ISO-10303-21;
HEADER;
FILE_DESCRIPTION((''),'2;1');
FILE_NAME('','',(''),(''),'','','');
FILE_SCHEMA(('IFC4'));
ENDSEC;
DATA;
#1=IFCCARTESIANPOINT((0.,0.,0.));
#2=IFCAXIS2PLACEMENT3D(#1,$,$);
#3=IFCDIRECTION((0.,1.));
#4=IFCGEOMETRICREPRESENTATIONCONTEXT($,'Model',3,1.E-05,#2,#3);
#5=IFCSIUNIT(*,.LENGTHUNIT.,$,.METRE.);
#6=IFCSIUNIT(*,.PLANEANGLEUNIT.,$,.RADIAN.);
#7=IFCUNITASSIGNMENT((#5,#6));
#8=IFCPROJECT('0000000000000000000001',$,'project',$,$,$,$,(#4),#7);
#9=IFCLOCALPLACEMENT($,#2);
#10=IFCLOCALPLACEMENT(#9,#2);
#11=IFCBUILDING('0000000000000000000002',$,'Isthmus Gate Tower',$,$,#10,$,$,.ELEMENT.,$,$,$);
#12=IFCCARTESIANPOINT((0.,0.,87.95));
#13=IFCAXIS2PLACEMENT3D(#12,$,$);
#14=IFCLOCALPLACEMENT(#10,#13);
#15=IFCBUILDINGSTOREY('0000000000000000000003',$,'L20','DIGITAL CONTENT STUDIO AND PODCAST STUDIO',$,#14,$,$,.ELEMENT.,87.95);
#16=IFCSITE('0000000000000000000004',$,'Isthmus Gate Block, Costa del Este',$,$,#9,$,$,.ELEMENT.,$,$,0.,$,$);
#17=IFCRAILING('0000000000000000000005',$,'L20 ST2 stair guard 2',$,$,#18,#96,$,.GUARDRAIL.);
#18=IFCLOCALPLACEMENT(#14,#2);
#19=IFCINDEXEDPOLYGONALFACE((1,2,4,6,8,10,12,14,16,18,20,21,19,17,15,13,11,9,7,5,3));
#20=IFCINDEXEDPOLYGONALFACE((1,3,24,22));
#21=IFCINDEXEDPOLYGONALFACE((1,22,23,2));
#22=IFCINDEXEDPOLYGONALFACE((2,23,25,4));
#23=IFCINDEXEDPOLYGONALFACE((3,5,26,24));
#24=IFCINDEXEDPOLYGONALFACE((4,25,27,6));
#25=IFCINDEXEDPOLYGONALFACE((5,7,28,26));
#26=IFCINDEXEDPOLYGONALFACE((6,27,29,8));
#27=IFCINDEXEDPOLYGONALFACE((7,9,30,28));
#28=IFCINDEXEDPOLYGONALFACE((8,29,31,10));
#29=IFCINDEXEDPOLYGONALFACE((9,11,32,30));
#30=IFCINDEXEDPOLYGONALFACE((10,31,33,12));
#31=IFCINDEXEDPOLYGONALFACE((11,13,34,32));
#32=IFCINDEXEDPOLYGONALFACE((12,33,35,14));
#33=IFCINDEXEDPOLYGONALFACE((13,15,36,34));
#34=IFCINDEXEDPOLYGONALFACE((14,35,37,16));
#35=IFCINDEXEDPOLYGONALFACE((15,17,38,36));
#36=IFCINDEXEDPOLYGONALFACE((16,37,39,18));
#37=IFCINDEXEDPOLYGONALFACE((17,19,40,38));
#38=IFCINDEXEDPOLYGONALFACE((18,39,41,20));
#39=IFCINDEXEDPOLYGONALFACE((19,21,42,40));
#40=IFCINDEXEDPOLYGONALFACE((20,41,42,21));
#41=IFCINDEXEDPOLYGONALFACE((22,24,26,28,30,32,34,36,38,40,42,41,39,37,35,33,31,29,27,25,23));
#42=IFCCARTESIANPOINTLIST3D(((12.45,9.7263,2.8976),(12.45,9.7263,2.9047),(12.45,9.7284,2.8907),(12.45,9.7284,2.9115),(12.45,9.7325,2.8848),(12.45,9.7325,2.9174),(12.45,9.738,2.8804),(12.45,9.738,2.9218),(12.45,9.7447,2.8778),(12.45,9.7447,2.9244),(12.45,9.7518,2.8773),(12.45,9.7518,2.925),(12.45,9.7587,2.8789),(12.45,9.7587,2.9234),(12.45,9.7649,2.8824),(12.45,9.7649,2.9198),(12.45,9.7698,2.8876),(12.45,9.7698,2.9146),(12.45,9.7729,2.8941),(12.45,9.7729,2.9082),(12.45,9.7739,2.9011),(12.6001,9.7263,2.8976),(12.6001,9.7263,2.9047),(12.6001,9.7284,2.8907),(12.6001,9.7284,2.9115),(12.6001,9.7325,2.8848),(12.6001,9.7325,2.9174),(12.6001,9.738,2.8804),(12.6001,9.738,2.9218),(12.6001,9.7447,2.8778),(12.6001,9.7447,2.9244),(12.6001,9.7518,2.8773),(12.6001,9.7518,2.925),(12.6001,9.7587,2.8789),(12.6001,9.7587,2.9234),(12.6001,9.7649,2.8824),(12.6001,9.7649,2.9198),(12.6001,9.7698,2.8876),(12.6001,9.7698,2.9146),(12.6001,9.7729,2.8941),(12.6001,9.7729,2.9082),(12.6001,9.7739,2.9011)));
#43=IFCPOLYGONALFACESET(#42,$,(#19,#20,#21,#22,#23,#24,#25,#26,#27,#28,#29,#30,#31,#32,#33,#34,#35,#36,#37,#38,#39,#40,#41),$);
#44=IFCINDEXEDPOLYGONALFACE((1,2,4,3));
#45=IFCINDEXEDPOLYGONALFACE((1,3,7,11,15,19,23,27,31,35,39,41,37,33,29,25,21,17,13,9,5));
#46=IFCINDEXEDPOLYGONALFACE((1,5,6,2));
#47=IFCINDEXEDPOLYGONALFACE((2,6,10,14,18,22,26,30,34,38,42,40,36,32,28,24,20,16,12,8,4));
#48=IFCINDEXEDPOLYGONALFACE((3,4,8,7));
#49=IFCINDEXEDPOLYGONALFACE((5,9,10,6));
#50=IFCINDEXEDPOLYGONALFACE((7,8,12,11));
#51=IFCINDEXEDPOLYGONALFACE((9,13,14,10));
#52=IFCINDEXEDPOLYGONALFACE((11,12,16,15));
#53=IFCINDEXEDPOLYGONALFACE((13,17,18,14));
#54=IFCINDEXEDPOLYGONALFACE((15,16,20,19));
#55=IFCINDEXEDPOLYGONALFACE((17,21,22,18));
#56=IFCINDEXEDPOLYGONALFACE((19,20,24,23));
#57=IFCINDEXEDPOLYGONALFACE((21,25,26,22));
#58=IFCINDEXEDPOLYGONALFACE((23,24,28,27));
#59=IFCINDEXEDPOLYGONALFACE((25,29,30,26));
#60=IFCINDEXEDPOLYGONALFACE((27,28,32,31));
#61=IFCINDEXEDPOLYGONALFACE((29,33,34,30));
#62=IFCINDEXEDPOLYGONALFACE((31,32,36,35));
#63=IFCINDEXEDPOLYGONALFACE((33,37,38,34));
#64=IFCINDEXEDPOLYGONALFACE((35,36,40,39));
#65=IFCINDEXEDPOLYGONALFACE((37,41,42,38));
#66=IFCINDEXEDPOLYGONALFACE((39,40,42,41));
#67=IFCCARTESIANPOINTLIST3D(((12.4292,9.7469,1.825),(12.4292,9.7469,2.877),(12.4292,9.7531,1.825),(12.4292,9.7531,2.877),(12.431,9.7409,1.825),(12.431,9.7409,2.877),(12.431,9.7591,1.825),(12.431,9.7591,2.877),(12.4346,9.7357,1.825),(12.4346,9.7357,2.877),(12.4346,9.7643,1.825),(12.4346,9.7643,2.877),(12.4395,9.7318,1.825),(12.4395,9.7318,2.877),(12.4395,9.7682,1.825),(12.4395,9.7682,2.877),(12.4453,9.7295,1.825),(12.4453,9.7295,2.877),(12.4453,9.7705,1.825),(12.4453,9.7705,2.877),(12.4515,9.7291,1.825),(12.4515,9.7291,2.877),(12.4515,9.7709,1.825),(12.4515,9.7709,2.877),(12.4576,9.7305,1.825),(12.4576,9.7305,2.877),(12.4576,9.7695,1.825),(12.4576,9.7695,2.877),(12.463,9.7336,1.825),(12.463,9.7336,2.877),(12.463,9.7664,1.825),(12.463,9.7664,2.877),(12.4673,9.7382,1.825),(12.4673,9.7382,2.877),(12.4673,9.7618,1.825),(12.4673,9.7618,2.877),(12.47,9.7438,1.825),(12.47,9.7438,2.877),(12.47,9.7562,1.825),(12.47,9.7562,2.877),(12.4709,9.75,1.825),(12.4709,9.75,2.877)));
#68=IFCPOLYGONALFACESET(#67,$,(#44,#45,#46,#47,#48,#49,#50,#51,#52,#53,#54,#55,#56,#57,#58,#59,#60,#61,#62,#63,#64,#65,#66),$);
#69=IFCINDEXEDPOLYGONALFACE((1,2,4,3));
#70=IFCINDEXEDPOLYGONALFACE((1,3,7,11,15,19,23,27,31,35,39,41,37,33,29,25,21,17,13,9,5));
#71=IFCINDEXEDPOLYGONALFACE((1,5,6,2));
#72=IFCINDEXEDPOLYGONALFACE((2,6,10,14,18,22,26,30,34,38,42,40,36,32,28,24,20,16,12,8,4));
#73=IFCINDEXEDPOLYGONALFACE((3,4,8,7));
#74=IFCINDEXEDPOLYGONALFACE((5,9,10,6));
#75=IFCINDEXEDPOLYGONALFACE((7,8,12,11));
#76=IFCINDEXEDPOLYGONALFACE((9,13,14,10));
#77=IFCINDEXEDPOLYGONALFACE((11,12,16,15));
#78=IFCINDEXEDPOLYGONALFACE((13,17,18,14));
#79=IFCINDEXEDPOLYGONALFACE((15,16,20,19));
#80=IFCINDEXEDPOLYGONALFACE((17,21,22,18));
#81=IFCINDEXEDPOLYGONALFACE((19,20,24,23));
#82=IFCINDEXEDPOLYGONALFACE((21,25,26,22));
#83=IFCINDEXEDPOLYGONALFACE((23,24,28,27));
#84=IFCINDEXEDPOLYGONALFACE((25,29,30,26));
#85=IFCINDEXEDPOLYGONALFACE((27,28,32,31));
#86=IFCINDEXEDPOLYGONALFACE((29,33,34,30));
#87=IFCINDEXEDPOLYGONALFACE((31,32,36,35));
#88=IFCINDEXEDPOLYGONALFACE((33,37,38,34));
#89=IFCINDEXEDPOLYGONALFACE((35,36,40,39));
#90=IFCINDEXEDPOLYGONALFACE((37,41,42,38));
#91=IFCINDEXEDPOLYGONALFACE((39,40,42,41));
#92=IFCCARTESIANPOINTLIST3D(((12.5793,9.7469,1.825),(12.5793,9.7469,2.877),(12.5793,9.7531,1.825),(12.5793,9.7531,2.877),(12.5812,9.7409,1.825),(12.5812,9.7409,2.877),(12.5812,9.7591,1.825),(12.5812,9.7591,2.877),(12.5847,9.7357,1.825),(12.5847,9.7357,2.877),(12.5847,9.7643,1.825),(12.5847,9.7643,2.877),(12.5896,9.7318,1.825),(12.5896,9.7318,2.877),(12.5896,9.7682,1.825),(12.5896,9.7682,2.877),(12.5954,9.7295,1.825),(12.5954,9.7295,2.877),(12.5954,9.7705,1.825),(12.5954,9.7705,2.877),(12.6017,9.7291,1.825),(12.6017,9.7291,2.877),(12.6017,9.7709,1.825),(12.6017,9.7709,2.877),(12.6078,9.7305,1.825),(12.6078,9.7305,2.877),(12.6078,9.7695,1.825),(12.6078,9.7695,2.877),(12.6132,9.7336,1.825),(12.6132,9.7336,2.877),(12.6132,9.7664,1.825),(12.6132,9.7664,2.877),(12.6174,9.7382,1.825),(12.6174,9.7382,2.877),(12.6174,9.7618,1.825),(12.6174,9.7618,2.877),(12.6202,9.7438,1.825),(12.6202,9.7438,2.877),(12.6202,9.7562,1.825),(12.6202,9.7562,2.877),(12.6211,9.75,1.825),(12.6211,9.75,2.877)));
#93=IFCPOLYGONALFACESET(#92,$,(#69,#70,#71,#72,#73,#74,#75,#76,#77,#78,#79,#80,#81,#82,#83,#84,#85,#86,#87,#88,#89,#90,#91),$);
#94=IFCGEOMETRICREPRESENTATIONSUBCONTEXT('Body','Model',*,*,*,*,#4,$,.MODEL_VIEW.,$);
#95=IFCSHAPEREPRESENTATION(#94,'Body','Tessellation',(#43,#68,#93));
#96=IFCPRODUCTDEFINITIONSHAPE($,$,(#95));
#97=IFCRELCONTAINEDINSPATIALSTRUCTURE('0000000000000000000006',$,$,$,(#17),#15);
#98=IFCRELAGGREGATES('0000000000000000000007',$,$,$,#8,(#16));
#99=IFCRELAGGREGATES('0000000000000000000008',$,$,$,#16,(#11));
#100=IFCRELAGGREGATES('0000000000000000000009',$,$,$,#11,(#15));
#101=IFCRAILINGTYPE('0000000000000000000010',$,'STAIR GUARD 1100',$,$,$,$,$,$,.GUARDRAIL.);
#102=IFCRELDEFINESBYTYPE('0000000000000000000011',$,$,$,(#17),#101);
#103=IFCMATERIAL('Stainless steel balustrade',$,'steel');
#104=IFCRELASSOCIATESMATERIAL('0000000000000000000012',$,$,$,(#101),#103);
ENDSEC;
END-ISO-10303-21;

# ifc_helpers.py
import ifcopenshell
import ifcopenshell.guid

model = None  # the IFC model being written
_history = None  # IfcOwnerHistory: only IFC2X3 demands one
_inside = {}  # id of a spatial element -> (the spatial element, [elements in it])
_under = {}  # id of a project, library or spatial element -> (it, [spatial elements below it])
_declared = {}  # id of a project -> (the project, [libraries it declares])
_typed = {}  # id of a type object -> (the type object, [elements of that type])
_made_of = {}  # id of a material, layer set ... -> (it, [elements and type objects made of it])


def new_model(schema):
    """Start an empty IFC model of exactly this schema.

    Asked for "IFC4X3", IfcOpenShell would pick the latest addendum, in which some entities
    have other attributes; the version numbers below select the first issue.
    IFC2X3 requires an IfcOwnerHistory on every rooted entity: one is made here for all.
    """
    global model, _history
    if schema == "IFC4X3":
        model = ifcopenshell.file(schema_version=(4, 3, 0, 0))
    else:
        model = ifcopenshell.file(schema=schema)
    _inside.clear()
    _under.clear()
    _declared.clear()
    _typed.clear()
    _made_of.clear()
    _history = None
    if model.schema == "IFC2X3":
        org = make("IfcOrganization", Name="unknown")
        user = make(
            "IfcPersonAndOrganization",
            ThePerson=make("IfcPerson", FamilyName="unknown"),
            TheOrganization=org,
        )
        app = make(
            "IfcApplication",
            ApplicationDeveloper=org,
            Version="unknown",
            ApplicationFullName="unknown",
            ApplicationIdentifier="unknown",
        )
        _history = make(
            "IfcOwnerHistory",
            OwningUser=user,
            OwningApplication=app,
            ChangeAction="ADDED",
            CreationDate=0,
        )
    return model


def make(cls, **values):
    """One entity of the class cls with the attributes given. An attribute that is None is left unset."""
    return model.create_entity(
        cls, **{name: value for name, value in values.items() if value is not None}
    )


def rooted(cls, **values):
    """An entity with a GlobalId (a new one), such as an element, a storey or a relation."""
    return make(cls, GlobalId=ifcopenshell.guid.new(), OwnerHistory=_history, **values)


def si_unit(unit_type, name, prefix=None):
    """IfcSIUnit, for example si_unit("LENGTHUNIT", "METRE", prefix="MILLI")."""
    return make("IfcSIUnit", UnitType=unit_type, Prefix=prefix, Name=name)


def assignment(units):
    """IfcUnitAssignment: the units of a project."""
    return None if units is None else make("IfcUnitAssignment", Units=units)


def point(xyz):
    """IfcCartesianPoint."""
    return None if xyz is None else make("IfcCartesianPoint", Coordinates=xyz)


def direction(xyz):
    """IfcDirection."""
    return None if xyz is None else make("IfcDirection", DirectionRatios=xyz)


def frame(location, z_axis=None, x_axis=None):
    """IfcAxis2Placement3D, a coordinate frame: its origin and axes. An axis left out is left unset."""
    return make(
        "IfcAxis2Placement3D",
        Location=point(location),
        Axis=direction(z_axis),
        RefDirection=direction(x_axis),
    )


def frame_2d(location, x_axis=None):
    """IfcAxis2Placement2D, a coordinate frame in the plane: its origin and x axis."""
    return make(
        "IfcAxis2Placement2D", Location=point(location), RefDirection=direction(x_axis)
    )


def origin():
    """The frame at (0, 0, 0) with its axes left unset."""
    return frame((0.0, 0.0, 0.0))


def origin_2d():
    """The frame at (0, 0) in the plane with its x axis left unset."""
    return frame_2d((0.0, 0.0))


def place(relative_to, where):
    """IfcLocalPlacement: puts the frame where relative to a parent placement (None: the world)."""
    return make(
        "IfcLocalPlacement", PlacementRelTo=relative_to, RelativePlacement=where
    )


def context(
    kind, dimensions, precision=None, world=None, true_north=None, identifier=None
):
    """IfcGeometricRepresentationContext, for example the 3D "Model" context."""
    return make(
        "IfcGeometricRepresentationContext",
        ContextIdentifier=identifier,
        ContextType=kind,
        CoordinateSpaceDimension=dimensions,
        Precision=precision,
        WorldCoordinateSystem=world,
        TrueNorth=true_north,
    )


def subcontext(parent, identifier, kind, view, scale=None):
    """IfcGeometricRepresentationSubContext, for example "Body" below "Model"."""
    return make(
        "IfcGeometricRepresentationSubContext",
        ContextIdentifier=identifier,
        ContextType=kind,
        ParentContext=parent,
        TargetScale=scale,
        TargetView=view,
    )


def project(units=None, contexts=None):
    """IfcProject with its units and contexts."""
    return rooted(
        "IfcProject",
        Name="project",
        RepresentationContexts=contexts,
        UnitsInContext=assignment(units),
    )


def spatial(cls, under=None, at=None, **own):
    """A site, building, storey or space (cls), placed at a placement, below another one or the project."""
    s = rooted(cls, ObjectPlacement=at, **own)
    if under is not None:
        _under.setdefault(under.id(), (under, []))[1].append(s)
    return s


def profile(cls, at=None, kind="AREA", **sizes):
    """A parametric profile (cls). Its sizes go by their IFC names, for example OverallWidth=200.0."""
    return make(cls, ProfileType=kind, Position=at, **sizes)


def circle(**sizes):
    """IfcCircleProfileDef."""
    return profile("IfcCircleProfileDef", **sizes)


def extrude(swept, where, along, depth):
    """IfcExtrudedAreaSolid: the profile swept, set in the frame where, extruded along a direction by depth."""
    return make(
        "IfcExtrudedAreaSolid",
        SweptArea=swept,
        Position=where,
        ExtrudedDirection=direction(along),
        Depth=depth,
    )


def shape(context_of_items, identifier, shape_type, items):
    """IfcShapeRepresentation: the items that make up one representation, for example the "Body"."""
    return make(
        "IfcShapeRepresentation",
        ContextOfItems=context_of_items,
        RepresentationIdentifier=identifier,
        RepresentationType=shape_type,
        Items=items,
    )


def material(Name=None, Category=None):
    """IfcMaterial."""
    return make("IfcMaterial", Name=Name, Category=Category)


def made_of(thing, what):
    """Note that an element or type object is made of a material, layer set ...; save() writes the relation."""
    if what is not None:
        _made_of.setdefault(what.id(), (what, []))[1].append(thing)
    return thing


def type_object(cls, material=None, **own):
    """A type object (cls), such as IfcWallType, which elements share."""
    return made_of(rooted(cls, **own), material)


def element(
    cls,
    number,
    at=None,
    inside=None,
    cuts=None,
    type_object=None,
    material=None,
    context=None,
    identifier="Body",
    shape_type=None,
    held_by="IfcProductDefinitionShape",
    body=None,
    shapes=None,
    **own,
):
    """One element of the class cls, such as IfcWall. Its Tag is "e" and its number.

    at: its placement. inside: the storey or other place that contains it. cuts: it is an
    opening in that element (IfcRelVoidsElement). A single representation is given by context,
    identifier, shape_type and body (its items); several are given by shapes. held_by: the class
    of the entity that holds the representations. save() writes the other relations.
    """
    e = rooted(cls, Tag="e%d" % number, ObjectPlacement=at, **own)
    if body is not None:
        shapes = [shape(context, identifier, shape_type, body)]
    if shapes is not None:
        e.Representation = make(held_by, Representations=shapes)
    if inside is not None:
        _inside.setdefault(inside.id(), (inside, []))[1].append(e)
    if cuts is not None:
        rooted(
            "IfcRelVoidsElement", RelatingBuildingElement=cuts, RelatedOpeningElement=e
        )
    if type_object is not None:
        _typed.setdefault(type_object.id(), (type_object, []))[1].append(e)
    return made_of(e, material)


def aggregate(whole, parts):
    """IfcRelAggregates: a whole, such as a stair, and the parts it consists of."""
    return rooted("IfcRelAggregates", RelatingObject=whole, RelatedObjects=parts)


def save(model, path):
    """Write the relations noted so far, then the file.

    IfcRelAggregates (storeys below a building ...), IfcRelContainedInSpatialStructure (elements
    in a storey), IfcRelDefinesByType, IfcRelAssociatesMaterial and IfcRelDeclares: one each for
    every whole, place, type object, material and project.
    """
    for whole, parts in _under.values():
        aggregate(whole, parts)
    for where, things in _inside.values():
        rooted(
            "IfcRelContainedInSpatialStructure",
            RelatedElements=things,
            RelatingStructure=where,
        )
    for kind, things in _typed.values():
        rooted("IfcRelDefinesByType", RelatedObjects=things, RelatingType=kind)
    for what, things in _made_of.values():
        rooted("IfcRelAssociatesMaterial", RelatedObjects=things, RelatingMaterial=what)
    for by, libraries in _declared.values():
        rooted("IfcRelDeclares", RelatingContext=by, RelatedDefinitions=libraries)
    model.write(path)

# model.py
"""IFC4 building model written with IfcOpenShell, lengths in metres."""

from ifc_helpers import new_model, si_unit, direction, frame, origin, origin_2d, place, context, subcontext, project, spatial, circle, extrude, material, type_object, element, save


model = new_model("IFC4")

# Units and contexts
model_context = context("Model", 3, precision=1e-05, world=origin(), true_north=direction((0.0, 1.0)))
body_context = subcontext(model_context, "Body", "Model", "MODEL_VIEW")
ifc_project = project(units=[si_unit("LENGTHUNIT", "METRE"), si_unit("PLANEANGLEUNIT", "RADIAN")], contexts=[model_context])

# Site, building, storey
site_placement = place(None, origin())
site = spatial("IfcSite", under=ifc_project, at=site_placement, Name="Isthmus Gate Block, Costa del Este", CompositionType="ELEMENT", RefElevation=0.0)
building_placement = place(site_placement, origin())
building = spatial("IfcBuilding", under=site, at=building_placement, Name="Isthmus Gate Tower", CompositionType="ELEMENT")
storey_placement = place(building_placement, frame((0.0, 0.0, 87.95)))
storey = spatial("IfcBuildingStorey", under=building, at=storey_placement, Name="L20", Description="DIGITAL CONTENT STUDIO AND PODCAST STUDIO", CompositionType="ELEMENT", Elevation=87.95)

# Railing
ifc_material_1 = material(Name="Stainless steel balustrade", Category="steel")
railing_type_1 = type_object("IfcRailingType", Name="STAIR GUARD 1100", PredefinedType="GUARDRAIL", material=ifc_material_1)
railing_1_placement = place(storey_placement, frame((12.45, 9.75, 1.825)))
element("IfcRailing", 1, at=railing_1_placement, inside=storey, type_object=railing_type_1, Name="L20 ST2 stair guard 2", PredefinedType="GUARDRAIL", context=body_context, shape_type="SweptSolid", body=[
    extrude(circle(Radius=0.0239, at=origin_2d()), frame((0.0, 0.0, 1.0762), z_axis=(1.0, 0.0, 0.0), x_axis=(0.0, 1.0, 0.0)), (0.0, 0.0, 1.0), 0.1501),
    extrude(circle(Radius=0.021, at=origin_2d()), origin(), (0.0, 0.0, 1.0), 1.052),
    extrude(circle(Radius=0.021, at=origin_2d()), frame((0.1501, 0.0, 0.0)), (0.0, 0.0, 1.0), 1.052),
])

save(model, "model.ifc")
